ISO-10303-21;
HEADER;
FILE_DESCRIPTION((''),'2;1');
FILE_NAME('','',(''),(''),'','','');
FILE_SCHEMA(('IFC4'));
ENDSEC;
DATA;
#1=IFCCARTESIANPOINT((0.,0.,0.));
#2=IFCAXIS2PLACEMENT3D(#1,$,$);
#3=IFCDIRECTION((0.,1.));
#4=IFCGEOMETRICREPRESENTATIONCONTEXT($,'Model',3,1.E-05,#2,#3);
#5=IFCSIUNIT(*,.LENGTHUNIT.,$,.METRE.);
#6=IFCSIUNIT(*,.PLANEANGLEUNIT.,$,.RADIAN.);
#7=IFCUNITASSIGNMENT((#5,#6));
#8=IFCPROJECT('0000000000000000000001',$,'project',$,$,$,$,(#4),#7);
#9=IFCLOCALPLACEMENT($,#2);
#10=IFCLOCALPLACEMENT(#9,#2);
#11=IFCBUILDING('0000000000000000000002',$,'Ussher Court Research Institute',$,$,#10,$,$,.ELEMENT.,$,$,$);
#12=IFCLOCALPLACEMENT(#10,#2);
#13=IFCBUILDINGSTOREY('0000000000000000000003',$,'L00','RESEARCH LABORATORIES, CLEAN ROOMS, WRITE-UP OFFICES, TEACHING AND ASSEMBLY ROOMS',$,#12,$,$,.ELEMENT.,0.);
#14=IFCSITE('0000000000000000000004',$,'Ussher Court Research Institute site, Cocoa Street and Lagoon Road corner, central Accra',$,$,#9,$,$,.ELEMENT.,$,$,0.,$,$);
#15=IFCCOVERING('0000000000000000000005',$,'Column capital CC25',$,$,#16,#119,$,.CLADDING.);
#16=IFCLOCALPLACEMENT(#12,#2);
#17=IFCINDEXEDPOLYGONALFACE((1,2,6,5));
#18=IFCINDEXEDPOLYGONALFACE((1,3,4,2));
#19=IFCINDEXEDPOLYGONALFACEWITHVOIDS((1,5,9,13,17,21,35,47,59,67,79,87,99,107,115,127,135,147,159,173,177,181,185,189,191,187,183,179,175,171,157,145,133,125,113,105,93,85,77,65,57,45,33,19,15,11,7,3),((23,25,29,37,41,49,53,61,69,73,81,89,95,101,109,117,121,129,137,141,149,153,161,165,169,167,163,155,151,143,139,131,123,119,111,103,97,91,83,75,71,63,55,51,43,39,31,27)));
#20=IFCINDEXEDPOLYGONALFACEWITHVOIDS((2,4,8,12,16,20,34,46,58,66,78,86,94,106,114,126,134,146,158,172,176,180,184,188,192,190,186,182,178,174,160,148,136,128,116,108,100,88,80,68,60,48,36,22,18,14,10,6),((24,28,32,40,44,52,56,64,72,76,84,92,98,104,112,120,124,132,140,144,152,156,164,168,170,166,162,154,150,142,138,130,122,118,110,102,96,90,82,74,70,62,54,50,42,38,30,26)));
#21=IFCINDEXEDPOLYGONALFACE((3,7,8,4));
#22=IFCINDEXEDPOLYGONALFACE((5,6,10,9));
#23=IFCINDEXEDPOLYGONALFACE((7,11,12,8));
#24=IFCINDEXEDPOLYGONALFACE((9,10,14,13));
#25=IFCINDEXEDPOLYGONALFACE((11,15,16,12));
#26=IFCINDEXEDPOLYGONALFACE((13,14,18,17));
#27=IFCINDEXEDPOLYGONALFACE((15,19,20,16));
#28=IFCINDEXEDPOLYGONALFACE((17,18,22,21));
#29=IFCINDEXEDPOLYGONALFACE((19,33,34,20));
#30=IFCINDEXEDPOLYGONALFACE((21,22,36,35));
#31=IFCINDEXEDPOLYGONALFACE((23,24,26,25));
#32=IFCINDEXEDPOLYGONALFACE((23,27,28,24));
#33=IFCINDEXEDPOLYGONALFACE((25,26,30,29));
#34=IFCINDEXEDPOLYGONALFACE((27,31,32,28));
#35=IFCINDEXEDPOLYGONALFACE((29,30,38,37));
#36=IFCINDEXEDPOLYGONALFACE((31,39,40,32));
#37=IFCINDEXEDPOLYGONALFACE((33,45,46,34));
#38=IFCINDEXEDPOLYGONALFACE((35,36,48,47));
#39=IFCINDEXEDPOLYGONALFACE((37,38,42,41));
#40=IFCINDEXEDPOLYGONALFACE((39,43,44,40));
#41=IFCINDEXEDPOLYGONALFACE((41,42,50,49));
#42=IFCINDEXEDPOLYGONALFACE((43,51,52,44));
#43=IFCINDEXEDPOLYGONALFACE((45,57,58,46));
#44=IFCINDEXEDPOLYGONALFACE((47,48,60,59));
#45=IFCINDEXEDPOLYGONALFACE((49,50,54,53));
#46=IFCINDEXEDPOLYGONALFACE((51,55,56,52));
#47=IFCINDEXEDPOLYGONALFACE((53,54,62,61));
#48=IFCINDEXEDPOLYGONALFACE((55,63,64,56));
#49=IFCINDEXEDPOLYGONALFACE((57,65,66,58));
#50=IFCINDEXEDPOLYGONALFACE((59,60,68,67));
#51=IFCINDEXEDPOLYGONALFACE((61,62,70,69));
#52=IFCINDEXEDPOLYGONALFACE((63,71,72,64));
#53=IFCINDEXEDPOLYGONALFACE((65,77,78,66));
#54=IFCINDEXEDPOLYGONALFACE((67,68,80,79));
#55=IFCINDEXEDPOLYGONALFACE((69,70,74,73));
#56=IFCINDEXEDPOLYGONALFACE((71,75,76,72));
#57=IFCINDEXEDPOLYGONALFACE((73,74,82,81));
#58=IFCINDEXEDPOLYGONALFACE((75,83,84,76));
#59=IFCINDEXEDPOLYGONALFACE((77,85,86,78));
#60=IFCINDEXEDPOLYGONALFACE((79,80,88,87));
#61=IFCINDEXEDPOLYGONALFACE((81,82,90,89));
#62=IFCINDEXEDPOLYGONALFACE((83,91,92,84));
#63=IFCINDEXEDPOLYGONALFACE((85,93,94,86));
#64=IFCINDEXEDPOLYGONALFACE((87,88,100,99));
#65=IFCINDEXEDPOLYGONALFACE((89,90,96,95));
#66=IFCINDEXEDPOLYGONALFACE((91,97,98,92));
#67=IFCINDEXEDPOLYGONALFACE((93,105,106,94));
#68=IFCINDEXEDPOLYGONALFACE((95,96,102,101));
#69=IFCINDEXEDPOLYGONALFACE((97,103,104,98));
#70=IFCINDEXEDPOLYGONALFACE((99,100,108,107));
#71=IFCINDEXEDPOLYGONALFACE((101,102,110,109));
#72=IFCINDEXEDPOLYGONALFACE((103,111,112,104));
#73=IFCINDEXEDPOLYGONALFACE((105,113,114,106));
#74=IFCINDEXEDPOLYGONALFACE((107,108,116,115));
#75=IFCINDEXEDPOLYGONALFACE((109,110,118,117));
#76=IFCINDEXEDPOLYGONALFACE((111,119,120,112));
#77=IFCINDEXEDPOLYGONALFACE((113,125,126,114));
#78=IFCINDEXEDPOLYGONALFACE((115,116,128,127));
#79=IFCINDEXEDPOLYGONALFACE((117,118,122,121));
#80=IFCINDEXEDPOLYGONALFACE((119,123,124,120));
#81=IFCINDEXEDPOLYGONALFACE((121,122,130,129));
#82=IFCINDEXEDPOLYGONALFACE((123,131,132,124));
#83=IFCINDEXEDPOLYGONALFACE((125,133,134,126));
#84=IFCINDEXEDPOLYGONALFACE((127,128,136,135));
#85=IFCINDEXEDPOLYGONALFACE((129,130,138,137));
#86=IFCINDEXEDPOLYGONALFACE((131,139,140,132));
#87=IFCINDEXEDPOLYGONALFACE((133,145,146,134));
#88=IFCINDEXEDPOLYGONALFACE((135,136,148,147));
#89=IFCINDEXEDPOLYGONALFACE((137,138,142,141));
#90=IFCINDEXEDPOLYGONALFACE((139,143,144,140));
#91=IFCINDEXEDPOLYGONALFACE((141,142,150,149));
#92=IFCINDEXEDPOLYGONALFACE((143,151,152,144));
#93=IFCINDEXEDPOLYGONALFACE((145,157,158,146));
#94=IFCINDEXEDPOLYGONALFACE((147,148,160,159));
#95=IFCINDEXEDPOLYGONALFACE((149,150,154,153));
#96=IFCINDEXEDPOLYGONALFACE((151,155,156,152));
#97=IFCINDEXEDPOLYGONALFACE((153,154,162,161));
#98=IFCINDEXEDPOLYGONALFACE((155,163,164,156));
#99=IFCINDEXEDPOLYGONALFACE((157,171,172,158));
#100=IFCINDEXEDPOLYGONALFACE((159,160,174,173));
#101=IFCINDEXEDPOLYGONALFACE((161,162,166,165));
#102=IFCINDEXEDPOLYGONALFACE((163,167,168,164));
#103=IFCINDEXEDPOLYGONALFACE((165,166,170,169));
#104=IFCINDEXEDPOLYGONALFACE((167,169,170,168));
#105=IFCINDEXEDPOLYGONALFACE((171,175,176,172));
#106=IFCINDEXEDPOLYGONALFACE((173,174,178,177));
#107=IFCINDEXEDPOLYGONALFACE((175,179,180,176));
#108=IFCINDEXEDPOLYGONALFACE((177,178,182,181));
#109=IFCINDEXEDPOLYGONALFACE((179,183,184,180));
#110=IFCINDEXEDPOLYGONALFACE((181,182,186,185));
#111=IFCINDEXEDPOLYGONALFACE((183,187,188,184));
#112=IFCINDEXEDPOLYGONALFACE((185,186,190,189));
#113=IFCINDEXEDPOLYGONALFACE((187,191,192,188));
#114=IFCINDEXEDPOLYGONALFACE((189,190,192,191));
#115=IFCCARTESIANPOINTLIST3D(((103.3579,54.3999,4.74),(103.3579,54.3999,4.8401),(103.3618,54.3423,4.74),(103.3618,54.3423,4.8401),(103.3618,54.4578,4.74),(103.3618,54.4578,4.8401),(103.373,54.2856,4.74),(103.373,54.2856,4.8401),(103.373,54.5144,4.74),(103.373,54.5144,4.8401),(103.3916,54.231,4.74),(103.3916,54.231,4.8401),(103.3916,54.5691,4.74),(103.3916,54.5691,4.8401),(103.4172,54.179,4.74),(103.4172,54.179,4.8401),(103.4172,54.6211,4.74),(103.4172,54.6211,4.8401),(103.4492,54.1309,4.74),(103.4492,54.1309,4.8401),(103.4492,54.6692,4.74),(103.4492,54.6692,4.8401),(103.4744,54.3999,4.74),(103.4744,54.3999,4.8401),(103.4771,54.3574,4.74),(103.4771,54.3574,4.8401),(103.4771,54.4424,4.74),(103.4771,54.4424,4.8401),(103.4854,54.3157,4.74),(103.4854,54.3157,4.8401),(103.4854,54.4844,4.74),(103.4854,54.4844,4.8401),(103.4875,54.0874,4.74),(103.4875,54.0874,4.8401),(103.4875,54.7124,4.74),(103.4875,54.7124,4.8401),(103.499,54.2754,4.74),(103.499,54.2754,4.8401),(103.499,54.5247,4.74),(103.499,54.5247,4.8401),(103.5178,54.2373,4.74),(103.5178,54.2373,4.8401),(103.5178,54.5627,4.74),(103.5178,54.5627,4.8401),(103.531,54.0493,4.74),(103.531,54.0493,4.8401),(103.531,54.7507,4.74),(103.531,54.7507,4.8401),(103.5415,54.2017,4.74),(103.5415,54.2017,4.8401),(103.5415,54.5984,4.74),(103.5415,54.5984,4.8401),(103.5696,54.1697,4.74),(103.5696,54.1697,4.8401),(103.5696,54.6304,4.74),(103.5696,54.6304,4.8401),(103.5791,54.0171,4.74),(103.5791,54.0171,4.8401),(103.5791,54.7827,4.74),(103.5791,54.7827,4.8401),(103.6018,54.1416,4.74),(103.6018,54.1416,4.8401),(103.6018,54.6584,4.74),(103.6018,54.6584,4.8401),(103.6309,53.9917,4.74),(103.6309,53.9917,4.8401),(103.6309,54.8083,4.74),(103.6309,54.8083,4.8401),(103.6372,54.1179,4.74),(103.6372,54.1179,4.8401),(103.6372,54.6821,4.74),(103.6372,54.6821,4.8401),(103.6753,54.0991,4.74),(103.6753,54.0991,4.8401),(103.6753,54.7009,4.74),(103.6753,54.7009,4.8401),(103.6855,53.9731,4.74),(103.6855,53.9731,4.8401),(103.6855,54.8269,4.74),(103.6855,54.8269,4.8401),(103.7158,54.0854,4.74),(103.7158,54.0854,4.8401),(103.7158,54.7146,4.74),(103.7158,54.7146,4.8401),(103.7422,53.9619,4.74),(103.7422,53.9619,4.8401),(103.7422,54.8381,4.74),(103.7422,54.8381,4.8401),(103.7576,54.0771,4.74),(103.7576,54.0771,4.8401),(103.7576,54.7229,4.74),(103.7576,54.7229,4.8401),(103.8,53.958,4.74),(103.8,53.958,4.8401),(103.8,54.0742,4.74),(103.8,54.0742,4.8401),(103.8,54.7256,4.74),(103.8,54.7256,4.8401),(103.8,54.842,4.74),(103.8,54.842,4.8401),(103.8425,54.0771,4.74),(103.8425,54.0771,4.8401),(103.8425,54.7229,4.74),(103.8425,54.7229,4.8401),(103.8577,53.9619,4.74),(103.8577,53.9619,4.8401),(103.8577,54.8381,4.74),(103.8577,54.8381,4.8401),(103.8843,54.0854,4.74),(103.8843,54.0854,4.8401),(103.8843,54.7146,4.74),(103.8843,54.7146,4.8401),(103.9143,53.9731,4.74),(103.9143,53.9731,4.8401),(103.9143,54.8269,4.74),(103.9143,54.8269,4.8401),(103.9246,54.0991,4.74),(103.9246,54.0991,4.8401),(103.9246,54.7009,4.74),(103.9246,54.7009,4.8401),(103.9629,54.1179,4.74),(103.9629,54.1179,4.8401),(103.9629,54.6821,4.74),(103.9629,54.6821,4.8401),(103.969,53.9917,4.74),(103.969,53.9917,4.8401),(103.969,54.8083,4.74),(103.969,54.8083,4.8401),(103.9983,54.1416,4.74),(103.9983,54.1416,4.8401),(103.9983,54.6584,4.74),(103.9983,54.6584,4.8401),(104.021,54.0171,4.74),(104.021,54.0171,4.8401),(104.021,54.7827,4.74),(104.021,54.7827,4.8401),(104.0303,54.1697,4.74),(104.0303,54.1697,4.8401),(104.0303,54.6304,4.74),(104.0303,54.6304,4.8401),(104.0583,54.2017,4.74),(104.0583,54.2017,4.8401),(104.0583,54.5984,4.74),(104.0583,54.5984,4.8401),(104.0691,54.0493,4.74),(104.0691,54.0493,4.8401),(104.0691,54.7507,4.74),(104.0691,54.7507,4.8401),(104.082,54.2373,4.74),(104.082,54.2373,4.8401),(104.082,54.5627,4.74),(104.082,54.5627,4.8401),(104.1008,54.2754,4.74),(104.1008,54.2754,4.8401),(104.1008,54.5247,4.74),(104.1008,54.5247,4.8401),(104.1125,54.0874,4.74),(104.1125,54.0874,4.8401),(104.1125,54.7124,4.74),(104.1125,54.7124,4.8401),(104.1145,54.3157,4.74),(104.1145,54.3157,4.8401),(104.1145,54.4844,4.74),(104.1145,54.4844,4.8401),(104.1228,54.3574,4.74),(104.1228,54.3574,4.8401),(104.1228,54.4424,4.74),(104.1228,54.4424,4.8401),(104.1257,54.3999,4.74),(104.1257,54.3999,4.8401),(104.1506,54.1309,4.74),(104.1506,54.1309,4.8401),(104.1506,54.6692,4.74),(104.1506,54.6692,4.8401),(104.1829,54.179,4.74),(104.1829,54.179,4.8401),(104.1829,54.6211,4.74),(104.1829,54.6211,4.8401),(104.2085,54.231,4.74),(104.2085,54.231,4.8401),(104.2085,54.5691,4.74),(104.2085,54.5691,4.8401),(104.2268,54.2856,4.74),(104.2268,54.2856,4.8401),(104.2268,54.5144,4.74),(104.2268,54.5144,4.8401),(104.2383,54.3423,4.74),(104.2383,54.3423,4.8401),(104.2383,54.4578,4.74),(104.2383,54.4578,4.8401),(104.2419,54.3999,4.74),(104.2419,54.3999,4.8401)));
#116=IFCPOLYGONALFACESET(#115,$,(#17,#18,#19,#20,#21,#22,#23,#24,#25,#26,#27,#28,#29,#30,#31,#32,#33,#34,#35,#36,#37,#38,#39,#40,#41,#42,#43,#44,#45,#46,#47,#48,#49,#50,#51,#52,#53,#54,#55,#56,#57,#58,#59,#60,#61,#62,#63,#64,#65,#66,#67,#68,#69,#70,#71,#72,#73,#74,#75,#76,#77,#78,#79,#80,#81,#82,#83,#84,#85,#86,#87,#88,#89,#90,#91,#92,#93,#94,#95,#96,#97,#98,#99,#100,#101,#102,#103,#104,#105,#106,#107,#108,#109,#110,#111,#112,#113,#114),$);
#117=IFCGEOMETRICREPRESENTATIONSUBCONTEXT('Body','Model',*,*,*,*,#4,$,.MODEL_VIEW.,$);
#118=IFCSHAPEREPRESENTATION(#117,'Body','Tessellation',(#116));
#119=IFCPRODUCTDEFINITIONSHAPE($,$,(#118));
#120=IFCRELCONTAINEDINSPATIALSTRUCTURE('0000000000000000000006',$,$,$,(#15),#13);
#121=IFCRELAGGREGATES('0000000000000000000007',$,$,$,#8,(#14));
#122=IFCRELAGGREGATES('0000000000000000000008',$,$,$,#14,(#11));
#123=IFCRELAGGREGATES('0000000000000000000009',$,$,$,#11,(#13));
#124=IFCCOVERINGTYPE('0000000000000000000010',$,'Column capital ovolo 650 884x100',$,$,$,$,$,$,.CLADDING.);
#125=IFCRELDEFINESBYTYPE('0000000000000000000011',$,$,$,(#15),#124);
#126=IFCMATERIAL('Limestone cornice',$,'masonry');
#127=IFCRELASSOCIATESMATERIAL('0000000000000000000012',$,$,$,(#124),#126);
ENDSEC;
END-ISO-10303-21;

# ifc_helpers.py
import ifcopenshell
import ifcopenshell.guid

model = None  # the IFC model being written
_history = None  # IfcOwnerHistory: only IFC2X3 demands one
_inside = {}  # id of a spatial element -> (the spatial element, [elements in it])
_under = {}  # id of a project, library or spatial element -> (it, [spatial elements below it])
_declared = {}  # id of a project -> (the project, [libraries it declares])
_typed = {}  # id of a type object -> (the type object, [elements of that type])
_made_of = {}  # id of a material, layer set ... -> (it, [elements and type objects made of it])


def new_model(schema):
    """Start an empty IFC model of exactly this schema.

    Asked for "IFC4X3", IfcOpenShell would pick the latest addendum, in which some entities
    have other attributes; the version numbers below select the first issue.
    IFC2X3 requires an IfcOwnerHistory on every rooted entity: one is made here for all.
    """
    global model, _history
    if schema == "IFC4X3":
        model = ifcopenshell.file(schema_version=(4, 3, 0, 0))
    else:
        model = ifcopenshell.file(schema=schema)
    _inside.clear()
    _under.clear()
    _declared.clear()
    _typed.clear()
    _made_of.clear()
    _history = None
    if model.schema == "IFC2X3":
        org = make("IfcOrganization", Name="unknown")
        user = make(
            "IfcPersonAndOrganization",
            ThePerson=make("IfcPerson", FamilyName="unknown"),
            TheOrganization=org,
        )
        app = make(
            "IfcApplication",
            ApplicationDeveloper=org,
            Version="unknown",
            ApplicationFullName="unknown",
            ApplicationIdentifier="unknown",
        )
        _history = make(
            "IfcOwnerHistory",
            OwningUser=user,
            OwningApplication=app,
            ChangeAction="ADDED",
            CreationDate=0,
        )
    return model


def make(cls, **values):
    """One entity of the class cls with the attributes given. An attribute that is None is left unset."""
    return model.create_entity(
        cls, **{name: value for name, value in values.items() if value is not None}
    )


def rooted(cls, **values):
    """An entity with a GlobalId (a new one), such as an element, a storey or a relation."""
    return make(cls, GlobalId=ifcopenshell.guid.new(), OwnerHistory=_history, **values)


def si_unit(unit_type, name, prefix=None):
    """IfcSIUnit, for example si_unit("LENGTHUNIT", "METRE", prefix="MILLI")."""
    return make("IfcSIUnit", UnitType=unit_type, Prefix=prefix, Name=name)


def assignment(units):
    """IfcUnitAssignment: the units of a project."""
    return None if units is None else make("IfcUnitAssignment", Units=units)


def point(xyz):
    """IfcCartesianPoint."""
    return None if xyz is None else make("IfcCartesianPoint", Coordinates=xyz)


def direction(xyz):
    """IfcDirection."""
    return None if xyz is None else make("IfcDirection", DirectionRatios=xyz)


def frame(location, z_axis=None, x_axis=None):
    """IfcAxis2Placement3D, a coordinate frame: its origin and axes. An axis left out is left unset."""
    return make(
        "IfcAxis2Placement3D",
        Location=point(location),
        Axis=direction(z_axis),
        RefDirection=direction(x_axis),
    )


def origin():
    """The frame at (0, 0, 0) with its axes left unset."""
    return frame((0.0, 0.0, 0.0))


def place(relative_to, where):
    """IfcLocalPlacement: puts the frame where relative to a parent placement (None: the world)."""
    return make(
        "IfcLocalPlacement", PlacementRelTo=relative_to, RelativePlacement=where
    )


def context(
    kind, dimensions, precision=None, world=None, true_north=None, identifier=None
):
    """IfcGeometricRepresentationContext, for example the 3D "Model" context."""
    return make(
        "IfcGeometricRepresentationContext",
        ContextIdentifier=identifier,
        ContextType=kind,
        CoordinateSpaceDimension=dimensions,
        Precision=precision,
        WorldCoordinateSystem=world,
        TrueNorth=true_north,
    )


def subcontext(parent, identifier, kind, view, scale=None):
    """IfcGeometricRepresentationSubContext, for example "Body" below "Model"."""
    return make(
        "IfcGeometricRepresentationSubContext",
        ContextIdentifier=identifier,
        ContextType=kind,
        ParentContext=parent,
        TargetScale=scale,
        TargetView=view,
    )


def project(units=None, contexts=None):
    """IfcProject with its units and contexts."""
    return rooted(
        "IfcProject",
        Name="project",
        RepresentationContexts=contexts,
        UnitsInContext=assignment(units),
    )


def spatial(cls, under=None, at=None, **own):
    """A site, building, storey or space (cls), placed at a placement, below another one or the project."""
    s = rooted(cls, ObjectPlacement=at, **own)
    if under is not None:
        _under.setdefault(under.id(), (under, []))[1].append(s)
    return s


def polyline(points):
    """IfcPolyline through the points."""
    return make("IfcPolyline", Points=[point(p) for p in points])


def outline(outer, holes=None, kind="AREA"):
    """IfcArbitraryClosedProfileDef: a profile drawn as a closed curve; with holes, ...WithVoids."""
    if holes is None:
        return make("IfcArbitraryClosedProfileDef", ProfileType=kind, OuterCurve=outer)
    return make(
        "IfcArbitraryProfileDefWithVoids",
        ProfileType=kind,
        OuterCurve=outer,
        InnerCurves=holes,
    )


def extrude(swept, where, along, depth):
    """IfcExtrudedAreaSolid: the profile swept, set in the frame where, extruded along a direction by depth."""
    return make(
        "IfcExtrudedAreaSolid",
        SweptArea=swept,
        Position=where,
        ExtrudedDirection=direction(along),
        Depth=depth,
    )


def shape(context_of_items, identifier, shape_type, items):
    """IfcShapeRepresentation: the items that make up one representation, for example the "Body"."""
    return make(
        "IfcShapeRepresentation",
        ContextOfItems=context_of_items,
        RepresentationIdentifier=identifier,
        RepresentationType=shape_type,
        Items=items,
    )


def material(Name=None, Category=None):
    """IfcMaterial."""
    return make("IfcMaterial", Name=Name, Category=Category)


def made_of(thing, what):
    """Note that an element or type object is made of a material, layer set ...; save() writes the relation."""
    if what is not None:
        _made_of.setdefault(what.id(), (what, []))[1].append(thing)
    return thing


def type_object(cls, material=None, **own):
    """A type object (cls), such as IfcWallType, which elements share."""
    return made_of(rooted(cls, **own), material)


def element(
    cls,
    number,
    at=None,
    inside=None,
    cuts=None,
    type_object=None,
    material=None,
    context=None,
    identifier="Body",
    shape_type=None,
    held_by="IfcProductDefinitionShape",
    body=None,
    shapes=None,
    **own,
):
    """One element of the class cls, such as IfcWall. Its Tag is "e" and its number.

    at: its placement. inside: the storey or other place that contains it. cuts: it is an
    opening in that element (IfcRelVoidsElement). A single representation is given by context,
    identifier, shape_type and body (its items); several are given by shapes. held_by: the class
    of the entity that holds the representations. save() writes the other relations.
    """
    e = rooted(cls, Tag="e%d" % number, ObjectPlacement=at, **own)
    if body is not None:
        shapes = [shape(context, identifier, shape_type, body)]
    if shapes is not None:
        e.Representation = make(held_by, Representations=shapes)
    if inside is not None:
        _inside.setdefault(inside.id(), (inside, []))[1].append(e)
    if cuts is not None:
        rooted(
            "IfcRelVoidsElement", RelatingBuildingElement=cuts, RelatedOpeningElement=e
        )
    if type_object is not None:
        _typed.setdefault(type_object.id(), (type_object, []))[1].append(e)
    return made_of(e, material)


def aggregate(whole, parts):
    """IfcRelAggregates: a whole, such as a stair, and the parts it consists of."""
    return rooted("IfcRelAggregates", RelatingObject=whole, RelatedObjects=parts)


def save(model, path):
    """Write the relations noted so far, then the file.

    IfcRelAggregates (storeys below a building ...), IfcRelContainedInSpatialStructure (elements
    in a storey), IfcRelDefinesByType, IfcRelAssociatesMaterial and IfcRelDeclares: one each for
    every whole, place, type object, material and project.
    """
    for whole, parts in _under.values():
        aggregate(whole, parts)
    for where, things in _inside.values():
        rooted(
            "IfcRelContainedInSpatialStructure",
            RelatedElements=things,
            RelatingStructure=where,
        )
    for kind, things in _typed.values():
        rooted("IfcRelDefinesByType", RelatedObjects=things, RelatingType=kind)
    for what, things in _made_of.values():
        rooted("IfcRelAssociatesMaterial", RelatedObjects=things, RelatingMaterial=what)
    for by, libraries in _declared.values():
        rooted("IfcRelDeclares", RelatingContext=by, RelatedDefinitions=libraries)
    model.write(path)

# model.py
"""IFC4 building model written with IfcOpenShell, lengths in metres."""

from ifc_helpers import new_model, si_unit, direction, frame, origin, place, context, subcontext, project, spatial, polyline, outline, extrude, material, type_object, element, save


model = new_model("IFC4")

# Units and contexts
model_context = context("Model", 3, precision=1e-05, world=origin(), true_north=direction((0.0, 1.0)))
body_context = subcontext(model_context, "Body", "Model", "MODEL_VIEW")
ifc_project = project(units=[si_unit("LENGTHUNIT", "METRE"), si_unit("PLANEANGLEUNIT", "RADIAN")], contexts=[model_context])

# Site, building, storey
site_placement = place(None, origin())
site = spatial("IfcSite", under=ifc_project, at=site_placement, Name="Ussher Court Research Institute site, Cocoa Street and Lagoon Road corner, central Accra", CompositionType="ELEMENT", RefElevation=0.0)
building_placement = place(site_placement, origin())
building = spatial("IfcBuilding", under=site, at=building_placement, Name="Ussher Court Research Institute", CompositionType="ELEMENT")
storey_placement = place(building_placement, origin())
storey = spatial("IfcBuildingStorey", under=building, at=storey_placement, Name="L00", Description="RESEARCH LABORATORIES, CLEAN ROOMS, WRITE-UP OFFICES, TEACHING AND ASSEMBLY ROOMS", CompositionType="ELEMENT", Elevation=0.0)

# Covering
ifc_material_1 = material(Name="Limestone cornice", Category="masonry")
covering_type_1 = type_object("IfcCoveringType", Name="Column capital ovolo 650 884x100", PredefinedType="CLADDING", material=ifc_material_1)
covering_1_placement = place(storey_placement, frame((0.0, 0.0, 4.74)))
element("IfcCovering", 1, at=covering_1_placement, inside=storey, type_object=covering_type_1, Name="Column capital CC25", PredefinedType="CLADDING", context=body_context, shape_type="SweptSolid", body=[
    extrude(outline(polyline([(104.2419, 54.3999), (104.2383, 54.4578), (104.2268, 54.5144), (104.2085, 54.5691), (104.1829, 54.6211), (104.1506, 54.6692), (104.1125, 54.7124), (104.0691, 54.7507), (104.021, 54.7827), (103.969, 54.8083), (103.9143, 54.8269), (103.8577, 54.8381), (103.8, 54.842), (103.7422, 54.8381), (103.6855, 54.8269), (103.6309, 54.8083), (103.5791, 54.7827), (103.531, 54.7507), (103.4875, 54.7124), (103.4492, 54.6692), (103.4172, 54.6211), (103.3916, 54.5691), (103.373, 54.5144), (103.3618, 54.4578), (103.3579, 54.3999), (103.3618, 54.3423), (103.373, 54.2856), (103.3916, 54.231), (103.4172, 54.179), (103.4492, 54.1309), (103.4875, 54.0874), (103.531, 54.0493), (103.5791, 54.0171), (103.6309, 53.9917), (103.6855, 53.9731), (103.7422, 53.9619), (103.8, 53.958), (103.8577, 53.9619), (103.9143, 53.9731), (103.969, 53.9917), (104.021, 54.0171), (104.0691, 54.0493), (104.1125, 54.0874), (104.1506, 54.1309), (104.1829, 54.179), (104.2085, 54.231), (104.2268, 54.2856), (104.2383, 54.3423), (104.2419, 54.3999)]), holes=[polyline([(104.1257, 54.3999), (104.1228, 54.4424), (104.1145, 54.4844), (104.1008, 54.5247), (104.082, 54.5627), (104.0583, 54.5984), (104.0303, 54.6304), (103.9983, 54.6584), (103.9629, 54.6821), (103.9246, 54.7009), (103.8843, 54.7146), (103.8425, 54.7229), (103.8, 54.7256), (103.7576, 54.7229), (103.7158, 54.7146), (103.6753, 54.7009), (103.6372, 54.6821), (103.6018, 54.6584), (103.5696, 54.6304), (103.5415, 54.5984), (103.5178, 54.5627), (103.499, 54.5247), (103.4854, 54.4844), (103.4771, 54.4424), (103.4744, 54.3999), (103.4771, 54.3574), (103.4854, 54.3157), (103.499, 54.2754), (103.5178, 54.2373), (103.5415, 54.2017), (103.5696, 54.1697), (103.6018, 54.1416), (103.6372, 54.1179), (103.6753, 54.0991), (103.7158, 54.0854), (103.7576, 54.0771), (103.8, 54.0742), (103.8425, 54.0771), (103.8843, 54.0854), (103.9246, 54.0991), (103.9629, 54.1179), (103.9983, 54.1416), (104.0303, 54.1697), (104.0583, 54.2017), (104.082, 54.2373), (104.1008, 54.2754), (104.1145, 54.3157), (104.1228, 54.3574), (104.1257, 54.3999)])]), origin(), (0.0, 0.0, 1.0), 0.1001),
])

save(model, "model.ifc")
